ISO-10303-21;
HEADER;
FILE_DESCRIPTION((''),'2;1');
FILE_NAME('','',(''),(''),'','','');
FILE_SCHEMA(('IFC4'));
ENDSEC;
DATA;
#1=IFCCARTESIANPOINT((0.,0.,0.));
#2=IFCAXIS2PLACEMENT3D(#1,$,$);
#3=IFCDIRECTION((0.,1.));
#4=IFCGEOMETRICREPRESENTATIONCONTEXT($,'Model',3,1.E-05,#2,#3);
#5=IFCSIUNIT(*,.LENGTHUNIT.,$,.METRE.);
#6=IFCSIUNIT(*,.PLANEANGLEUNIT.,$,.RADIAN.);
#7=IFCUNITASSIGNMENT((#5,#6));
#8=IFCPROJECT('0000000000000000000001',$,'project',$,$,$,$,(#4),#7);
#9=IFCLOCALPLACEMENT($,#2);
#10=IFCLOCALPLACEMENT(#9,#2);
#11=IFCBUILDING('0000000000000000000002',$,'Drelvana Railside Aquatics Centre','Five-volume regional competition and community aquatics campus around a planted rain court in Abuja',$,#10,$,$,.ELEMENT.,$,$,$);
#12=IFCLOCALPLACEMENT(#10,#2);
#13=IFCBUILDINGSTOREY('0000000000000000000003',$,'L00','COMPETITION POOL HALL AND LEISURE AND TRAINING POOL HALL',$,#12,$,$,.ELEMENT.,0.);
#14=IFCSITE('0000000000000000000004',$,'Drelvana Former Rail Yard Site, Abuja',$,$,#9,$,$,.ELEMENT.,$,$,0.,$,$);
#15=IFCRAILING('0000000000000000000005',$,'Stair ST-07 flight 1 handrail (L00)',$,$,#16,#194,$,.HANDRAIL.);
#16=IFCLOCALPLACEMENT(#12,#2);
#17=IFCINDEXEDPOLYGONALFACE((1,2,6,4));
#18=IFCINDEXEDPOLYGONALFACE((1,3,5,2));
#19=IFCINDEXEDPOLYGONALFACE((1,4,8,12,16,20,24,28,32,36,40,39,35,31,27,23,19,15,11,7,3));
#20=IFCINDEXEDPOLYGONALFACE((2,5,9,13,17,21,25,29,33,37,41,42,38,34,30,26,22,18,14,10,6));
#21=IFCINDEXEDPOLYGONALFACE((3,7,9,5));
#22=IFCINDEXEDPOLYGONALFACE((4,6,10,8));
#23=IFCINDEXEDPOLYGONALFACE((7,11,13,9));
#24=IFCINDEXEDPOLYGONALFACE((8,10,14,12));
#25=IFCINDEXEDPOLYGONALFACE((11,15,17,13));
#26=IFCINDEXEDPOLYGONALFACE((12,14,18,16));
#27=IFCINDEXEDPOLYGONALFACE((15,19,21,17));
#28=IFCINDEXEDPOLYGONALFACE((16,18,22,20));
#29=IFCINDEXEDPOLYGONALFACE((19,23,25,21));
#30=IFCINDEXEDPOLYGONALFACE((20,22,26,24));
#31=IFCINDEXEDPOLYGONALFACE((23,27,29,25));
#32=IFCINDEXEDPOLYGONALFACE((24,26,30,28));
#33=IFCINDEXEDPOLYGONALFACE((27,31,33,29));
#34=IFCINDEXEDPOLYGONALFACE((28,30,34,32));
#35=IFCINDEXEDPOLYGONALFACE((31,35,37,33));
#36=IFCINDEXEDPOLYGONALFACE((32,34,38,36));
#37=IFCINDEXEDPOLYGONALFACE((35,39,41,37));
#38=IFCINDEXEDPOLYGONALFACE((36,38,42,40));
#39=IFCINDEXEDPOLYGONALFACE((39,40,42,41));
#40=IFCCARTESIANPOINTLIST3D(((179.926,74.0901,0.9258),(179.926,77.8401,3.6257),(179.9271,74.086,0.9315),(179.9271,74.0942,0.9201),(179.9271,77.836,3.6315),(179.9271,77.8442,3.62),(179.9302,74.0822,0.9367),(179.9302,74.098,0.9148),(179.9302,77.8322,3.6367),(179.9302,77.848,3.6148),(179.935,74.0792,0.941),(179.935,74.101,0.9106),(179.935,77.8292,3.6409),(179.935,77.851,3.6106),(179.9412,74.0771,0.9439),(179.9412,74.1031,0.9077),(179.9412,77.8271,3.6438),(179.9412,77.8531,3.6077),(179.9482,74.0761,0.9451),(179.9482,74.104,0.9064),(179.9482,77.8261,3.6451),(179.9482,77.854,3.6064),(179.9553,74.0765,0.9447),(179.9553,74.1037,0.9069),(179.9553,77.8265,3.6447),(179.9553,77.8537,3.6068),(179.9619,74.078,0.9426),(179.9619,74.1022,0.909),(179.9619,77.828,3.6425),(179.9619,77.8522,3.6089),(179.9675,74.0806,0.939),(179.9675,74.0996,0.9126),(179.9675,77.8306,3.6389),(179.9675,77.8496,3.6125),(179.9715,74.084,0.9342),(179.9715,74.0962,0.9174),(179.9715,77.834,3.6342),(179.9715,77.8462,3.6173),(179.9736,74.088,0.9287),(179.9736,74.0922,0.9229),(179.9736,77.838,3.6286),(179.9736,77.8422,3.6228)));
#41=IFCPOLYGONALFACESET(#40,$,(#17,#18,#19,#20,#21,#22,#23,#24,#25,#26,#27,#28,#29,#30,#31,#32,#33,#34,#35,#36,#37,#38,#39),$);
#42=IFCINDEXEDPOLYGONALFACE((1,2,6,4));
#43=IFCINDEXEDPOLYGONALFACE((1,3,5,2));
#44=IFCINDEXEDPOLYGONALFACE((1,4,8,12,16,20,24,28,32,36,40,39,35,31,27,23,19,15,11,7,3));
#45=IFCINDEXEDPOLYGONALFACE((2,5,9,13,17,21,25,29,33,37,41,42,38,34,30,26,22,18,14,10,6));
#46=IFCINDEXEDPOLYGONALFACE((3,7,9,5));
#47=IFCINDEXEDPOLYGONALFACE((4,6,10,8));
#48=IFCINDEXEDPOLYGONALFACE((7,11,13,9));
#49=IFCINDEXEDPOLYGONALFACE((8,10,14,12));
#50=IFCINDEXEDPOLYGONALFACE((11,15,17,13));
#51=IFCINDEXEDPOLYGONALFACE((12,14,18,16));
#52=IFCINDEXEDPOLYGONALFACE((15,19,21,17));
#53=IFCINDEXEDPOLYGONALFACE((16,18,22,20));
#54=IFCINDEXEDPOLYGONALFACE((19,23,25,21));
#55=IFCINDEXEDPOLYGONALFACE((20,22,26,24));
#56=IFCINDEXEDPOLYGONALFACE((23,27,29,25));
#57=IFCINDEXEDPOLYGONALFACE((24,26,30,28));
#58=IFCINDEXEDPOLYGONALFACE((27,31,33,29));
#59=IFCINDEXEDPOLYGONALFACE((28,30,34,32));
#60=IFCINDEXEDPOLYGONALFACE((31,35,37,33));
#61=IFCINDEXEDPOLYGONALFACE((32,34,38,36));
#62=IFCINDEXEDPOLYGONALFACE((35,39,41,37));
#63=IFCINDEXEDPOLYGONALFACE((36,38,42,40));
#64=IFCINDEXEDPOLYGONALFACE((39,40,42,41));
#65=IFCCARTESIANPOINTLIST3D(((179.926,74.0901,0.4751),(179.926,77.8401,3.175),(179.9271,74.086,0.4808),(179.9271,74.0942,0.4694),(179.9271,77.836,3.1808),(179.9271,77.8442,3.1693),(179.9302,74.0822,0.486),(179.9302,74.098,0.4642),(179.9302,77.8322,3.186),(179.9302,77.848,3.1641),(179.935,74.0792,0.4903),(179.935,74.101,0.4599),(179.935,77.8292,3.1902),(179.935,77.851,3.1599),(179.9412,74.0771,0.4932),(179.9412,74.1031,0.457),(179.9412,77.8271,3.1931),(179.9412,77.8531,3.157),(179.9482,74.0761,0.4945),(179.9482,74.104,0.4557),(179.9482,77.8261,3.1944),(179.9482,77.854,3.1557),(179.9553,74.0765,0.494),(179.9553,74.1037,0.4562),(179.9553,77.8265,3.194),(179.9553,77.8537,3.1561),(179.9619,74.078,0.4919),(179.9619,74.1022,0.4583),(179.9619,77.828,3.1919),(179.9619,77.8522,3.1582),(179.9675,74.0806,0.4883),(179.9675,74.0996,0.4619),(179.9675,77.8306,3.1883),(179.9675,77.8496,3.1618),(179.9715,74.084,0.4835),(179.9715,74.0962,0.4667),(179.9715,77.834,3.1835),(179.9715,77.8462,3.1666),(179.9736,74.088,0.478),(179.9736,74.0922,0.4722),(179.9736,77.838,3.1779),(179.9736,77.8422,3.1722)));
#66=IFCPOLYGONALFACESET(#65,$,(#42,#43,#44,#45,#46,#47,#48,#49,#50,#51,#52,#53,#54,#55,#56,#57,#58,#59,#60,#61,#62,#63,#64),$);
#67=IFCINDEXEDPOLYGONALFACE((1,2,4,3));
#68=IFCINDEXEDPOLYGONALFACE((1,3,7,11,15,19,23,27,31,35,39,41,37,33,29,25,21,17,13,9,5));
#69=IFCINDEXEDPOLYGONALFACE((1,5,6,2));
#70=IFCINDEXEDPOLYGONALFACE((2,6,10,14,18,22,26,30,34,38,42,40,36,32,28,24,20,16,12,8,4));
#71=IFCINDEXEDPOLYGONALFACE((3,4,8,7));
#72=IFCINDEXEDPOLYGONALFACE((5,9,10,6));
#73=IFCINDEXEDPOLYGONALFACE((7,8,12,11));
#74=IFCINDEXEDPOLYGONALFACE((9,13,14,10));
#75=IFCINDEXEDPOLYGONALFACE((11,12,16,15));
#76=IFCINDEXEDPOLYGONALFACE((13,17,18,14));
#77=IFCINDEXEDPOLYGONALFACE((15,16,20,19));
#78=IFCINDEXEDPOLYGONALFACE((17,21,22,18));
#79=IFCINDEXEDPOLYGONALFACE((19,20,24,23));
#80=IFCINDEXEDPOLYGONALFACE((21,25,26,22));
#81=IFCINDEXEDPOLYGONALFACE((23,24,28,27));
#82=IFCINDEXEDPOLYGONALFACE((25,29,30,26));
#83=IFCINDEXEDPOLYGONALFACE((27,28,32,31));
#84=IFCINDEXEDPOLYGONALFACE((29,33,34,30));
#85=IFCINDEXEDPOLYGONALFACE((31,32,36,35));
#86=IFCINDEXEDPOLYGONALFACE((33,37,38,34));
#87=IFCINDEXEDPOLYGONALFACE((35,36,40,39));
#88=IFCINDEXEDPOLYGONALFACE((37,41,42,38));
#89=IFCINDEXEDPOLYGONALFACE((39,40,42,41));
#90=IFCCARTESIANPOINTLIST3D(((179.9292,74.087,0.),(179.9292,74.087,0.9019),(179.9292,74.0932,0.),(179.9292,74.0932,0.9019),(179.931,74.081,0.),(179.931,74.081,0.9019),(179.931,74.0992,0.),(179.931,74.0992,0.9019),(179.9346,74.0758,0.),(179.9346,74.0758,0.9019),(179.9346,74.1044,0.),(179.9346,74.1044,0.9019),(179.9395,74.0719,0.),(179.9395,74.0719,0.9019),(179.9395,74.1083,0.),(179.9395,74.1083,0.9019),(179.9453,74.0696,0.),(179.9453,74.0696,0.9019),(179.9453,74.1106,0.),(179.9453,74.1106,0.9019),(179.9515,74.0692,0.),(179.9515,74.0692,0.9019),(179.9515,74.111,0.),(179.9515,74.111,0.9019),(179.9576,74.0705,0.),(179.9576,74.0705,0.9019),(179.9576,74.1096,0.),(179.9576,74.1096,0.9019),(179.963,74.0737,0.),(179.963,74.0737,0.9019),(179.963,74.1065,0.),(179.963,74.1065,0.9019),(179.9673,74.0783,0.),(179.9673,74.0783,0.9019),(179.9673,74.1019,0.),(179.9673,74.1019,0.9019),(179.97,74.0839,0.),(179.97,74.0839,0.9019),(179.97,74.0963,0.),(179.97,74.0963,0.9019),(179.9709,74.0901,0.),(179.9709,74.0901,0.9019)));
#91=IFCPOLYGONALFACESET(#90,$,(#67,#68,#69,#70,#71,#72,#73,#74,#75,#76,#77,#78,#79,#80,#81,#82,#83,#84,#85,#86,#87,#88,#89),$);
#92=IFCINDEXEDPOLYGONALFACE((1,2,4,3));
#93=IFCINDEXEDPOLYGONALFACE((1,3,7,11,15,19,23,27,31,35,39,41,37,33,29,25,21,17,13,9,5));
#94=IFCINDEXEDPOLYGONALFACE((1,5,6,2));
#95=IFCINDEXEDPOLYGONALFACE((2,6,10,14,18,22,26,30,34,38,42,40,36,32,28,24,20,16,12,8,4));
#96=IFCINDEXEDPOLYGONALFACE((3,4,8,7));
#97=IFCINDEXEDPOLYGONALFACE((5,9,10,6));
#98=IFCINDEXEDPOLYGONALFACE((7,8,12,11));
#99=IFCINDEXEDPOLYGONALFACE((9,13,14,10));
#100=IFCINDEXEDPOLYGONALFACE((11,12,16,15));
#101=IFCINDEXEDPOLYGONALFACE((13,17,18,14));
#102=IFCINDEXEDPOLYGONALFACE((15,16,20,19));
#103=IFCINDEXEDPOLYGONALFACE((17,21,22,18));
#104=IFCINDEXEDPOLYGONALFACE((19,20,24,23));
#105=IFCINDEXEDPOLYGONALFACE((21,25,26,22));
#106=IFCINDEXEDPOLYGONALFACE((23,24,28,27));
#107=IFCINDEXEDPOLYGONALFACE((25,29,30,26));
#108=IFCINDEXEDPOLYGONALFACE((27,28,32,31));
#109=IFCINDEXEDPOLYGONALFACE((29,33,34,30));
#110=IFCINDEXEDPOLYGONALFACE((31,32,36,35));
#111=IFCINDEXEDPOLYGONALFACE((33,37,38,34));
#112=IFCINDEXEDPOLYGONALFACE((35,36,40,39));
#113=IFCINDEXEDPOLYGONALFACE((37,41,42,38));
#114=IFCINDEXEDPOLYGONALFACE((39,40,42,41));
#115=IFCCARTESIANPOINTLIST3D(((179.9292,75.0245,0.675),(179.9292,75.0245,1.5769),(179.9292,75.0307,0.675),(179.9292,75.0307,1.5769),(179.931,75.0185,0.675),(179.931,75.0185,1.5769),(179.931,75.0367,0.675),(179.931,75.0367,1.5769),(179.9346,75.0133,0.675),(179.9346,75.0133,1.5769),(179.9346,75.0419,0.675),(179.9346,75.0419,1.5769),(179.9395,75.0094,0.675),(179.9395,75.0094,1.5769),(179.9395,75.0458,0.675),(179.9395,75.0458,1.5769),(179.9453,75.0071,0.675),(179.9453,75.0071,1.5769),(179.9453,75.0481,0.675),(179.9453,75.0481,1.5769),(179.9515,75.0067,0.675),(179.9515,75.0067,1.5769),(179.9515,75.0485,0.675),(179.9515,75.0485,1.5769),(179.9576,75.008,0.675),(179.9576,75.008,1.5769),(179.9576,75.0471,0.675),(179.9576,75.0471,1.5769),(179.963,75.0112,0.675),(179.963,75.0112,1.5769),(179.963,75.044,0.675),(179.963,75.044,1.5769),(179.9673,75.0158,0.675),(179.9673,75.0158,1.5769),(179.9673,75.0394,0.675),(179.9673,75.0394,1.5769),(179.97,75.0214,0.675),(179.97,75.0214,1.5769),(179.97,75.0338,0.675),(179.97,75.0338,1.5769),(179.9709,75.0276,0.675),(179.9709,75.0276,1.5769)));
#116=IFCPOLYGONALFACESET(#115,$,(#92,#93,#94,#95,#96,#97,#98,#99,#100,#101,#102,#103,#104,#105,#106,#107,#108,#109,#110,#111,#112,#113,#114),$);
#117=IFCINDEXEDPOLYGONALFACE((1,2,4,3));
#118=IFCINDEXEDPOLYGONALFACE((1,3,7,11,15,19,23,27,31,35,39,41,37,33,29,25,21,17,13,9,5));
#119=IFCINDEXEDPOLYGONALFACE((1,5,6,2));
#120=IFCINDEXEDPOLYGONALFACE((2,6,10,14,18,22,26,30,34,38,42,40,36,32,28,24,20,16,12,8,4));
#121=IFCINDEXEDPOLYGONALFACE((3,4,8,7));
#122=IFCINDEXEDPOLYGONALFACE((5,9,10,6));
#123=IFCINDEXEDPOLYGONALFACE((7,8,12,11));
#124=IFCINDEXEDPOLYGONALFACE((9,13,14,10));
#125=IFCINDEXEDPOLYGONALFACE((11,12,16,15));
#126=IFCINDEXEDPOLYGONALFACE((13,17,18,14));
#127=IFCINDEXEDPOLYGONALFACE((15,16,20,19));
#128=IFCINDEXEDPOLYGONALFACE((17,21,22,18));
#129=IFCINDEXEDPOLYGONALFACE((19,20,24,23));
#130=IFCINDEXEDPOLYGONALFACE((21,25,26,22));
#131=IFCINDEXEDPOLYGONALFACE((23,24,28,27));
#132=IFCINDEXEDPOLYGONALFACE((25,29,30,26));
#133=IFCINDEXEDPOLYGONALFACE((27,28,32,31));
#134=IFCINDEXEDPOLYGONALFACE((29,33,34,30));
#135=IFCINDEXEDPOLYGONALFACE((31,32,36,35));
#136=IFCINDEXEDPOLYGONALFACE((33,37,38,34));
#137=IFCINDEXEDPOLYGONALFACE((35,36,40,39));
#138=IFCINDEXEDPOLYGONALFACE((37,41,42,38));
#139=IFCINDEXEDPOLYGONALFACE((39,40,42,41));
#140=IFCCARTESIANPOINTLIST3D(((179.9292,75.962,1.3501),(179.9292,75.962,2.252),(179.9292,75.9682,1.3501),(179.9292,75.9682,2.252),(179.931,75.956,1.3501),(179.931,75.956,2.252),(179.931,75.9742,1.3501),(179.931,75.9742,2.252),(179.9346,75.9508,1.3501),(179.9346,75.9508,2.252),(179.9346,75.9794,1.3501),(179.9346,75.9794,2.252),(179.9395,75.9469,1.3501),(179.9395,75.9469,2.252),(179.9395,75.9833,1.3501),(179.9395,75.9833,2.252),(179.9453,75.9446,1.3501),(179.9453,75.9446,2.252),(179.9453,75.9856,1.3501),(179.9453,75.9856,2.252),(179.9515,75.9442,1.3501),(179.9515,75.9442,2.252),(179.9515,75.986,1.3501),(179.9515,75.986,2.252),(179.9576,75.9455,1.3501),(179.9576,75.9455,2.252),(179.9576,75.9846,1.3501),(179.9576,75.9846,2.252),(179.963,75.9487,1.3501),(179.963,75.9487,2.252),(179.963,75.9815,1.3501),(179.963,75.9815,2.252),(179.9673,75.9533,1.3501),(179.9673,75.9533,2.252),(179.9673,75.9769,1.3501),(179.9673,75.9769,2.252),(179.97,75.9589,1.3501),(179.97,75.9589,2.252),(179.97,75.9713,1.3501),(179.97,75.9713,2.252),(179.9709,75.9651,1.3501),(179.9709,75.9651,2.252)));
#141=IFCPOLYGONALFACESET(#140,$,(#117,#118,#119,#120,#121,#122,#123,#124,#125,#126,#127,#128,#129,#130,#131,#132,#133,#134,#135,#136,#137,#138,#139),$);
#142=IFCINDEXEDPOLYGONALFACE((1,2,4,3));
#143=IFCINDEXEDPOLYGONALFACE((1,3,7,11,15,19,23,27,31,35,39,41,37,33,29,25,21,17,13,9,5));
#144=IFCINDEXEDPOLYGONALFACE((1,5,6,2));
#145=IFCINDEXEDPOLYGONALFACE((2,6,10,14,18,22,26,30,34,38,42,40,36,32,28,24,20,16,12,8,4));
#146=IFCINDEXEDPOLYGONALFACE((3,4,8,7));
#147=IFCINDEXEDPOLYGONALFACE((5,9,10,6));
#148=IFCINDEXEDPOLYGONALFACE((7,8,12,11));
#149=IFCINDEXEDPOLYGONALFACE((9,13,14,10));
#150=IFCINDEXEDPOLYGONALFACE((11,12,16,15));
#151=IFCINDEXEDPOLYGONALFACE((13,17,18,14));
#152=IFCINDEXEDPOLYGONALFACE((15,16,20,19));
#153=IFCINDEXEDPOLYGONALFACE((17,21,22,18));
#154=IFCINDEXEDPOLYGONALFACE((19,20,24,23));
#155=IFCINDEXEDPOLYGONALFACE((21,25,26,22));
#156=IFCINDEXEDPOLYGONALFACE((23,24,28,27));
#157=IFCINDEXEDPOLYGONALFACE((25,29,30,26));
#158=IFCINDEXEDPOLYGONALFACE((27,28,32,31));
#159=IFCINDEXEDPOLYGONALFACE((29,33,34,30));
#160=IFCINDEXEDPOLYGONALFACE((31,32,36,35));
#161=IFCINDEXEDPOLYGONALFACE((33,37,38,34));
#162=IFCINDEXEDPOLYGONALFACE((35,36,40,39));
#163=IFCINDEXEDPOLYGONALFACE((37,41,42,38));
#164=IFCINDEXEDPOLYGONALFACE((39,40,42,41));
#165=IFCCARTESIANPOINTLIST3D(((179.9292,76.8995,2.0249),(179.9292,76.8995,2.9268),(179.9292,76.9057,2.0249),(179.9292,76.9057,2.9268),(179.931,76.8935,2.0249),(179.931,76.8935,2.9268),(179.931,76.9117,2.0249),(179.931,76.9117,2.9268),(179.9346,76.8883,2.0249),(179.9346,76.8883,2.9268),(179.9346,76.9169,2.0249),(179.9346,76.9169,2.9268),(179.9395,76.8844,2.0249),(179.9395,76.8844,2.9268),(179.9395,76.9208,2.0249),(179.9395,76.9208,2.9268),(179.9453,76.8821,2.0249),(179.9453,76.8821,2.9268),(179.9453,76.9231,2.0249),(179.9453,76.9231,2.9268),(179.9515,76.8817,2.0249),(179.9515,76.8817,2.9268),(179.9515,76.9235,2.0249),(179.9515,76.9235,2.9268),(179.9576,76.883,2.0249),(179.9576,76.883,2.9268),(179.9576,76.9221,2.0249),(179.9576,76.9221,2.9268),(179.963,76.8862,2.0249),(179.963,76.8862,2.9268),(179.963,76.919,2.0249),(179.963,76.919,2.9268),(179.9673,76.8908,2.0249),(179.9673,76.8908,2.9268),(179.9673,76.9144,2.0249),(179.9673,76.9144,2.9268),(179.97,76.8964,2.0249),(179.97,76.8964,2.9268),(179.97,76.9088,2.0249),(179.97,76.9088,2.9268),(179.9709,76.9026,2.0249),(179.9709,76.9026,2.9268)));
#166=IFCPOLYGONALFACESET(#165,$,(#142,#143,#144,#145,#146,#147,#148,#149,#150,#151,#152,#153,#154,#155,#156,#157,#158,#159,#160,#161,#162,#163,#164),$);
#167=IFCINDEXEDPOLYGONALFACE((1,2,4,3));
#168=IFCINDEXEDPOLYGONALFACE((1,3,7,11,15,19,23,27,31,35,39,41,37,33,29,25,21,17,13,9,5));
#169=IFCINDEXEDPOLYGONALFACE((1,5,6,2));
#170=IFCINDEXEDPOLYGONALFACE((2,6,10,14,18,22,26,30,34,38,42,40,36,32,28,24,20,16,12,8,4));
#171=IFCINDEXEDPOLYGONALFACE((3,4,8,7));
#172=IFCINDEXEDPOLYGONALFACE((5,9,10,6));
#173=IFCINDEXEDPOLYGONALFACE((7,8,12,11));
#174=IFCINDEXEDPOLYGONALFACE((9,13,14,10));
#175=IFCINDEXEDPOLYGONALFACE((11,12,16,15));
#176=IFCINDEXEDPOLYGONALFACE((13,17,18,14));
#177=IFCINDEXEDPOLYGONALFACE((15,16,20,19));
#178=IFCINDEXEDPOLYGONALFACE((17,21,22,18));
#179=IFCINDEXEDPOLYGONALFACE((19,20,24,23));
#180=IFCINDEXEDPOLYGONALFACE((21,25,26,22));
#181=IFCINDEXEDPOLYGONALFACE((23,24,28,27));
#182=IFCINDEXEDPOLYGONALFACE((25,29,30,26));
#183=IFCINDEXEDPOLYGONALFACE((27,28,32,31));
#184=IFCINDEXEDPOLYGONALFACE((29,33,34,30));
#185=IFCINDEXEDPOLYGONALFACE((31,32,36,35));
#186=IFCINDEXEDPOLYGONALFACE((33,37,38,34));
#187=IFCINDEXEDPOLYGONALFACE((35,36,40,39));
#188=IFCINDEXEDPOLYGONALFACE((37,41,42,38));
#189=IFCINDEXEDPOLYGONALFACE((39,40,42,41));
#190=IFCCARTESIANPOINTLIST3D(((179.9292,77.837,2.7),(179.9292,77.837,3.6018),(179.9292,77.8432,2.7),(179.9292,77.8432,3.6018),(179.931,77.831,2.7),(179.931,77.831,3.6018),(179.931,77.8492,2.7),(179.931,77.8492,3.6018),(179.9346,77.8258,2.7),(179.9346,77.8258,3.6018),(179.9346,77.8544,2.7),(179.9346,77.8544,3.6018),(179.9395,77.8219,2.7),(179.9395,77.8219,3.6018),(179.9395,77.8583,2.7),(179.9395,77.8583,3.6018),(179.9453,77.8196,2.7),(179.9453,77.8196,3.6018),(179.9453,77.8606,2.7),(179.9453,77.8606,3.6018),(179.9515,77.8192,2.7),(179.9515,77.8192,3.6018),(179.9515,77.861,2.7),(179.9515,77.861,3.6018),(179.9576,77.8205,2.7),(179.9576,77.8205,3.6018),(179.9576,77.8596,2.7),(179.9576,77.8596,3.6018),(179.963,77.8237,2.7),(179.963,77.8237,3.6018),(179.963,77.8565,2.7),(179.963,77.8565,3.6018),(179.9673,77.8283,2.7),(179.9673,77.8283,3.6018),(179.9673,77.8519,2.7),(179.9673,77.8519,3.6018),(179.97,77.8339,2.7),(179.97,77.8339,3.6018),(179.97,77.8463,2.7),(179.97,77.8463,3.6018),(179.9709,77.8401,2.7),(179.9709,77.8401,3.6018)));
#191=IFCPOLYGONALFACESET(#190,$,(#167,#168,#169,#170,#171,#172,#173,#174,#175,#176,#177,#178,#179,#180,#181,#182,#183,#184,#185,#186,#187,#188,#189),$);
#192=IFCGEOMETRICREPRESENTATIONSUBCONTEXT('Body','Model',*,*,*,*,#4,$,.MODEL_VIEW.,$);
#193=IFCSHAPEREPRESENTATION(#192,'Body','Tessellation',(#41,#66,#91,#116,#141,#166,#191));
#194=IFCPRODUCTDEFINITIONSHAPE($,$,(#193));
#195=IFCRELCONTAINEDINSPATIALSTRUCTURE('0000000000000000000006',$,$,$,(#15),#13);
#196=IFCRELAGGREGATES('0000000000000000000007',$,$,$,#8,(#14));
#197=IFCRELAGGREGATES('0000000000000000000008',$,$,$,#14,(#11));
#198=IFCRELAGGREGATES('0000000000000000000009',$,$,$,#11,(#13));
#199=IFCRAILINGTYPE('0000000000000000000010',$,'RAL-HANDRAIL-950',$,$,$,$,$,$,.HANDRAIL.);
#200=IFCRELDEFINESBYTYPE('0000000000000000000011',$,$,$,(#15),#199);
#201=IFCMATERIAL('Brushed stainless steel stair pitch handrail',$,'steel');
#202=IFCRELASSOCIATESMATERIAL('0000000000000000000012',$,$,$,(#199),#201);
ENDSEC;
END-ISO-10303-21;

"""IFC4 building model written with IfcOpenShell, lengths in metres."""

from ifc_helpers import new_model, si_unit, direction, frame, origin, origin_2d, place, context, subcontext, project, spatial, circle, extrude, material, type_object, element, save


model = new_model("IFC4")

# Units and contexts
model_context = context("Model", 3, precision=1e-05, world=origin(), true_north=direction((0.0, 1.0)))
body_context = subcontext(model_context, "Body", "Model", "MODEL_VIEW")
ifc_project = project(units=[si_unit("LENGTHUNIT", "METRE"), si_unit("PLANEANGLEUNIT", "RADIAN")], contexts=[model_context])

# Site, building, storey
site_placement = place(None, origin())
site = spatial("IfcSite", under=ifc_project, at=site_placement, Name="Drelvana Former Rail Yard Site, Abuja", CompositionType="ELEMENT", RefElevation=0.0)
building_placement = place(site_placement, origin())
building = spatial("IfcBuilding", under=site, at=building_placement, Name="Drelvana Railside Aquatics Centre", Description="Five-volume regional competition and community aquatics campus around a planted rain court in Abuja", CompositionType="ELEMENT")
storey_placement = place(building_placement, origin())
storey = spatial("IfcBuildingStorey", under=building, at=storey_placement, Name="L00", Description="COMPETITION POOL HALL AND LEISURE AND TRAINING POOL HALL", CompositionType="ELEMENT", Elevation=0.0)

# Railing
ifc_material_1 = material(Name="Brushed stainless steel stair pitch handrail", Category="steel")
railing_type = type_object("IfcRailingType", Name="RAL-HANDRAIL-950", PredefinedType="HANDRAIL", material=ifc_material_1)
railing_1_placement = place(storey_placement, frame((179.95, 74.0901, 0.0)))
element("IfcRailing", 1, at=railing_1_placement, inside=storey, type_object=railing_type, Name="Stair ST-07 flight 1 handrail (L00)", PredefinedType="HANDRAIL", context=body_context, shape_type="SweptSolid", body=[
    extrude(circle(Radius=0.0239, at=origin_2d()), frame((0.0, 0.0, 0.9258), z_axis=(0.0, 0.811539, 0.584298), x_axis=(-1.0, 0.0, 0.0)), (0.0, 0.0, 1.0), 4.6208),
    extrude(circle(Radius=0.0239, at=origin_2d()), frame((0.0, 0.0, 0.4751), z_axis=(0.0, 0.811539, 0.584298), x_axis=(-1.0, 0.0, 0.0)), (0.0, 0.0, 1.0), 4.6208),
    extrude(circle(Radius=0.021, at=origin_2d()), origin(), (0.0, 0.0, 1.0), 0.9019),
    extrude(circle(Radius=0.021, at=origin_2d()), frame((0.0, 0.9375, 0.675)), (0.0, 0.0, 1.0), 0.9019),
    extrude(circle(Radius=0.021, at=origin_2d()), frame((0.0, 1.875, 1.3501)), (0.0, 0.0, 1.0), 0.9019),
    extrude(circle(Radius=0.021, at=origin_2d()), frame((0.0, 2.8125, 2.0249)), (0.0, 0.0, 1.0), 0.9019),
    extrude(circle(Radius=0.021, at=origin_2d()), frame((0.0, 3.75, 2.7)), (0.0, 0.0, 1.0), 0.9019),
])

save(model, "model.ifc")
